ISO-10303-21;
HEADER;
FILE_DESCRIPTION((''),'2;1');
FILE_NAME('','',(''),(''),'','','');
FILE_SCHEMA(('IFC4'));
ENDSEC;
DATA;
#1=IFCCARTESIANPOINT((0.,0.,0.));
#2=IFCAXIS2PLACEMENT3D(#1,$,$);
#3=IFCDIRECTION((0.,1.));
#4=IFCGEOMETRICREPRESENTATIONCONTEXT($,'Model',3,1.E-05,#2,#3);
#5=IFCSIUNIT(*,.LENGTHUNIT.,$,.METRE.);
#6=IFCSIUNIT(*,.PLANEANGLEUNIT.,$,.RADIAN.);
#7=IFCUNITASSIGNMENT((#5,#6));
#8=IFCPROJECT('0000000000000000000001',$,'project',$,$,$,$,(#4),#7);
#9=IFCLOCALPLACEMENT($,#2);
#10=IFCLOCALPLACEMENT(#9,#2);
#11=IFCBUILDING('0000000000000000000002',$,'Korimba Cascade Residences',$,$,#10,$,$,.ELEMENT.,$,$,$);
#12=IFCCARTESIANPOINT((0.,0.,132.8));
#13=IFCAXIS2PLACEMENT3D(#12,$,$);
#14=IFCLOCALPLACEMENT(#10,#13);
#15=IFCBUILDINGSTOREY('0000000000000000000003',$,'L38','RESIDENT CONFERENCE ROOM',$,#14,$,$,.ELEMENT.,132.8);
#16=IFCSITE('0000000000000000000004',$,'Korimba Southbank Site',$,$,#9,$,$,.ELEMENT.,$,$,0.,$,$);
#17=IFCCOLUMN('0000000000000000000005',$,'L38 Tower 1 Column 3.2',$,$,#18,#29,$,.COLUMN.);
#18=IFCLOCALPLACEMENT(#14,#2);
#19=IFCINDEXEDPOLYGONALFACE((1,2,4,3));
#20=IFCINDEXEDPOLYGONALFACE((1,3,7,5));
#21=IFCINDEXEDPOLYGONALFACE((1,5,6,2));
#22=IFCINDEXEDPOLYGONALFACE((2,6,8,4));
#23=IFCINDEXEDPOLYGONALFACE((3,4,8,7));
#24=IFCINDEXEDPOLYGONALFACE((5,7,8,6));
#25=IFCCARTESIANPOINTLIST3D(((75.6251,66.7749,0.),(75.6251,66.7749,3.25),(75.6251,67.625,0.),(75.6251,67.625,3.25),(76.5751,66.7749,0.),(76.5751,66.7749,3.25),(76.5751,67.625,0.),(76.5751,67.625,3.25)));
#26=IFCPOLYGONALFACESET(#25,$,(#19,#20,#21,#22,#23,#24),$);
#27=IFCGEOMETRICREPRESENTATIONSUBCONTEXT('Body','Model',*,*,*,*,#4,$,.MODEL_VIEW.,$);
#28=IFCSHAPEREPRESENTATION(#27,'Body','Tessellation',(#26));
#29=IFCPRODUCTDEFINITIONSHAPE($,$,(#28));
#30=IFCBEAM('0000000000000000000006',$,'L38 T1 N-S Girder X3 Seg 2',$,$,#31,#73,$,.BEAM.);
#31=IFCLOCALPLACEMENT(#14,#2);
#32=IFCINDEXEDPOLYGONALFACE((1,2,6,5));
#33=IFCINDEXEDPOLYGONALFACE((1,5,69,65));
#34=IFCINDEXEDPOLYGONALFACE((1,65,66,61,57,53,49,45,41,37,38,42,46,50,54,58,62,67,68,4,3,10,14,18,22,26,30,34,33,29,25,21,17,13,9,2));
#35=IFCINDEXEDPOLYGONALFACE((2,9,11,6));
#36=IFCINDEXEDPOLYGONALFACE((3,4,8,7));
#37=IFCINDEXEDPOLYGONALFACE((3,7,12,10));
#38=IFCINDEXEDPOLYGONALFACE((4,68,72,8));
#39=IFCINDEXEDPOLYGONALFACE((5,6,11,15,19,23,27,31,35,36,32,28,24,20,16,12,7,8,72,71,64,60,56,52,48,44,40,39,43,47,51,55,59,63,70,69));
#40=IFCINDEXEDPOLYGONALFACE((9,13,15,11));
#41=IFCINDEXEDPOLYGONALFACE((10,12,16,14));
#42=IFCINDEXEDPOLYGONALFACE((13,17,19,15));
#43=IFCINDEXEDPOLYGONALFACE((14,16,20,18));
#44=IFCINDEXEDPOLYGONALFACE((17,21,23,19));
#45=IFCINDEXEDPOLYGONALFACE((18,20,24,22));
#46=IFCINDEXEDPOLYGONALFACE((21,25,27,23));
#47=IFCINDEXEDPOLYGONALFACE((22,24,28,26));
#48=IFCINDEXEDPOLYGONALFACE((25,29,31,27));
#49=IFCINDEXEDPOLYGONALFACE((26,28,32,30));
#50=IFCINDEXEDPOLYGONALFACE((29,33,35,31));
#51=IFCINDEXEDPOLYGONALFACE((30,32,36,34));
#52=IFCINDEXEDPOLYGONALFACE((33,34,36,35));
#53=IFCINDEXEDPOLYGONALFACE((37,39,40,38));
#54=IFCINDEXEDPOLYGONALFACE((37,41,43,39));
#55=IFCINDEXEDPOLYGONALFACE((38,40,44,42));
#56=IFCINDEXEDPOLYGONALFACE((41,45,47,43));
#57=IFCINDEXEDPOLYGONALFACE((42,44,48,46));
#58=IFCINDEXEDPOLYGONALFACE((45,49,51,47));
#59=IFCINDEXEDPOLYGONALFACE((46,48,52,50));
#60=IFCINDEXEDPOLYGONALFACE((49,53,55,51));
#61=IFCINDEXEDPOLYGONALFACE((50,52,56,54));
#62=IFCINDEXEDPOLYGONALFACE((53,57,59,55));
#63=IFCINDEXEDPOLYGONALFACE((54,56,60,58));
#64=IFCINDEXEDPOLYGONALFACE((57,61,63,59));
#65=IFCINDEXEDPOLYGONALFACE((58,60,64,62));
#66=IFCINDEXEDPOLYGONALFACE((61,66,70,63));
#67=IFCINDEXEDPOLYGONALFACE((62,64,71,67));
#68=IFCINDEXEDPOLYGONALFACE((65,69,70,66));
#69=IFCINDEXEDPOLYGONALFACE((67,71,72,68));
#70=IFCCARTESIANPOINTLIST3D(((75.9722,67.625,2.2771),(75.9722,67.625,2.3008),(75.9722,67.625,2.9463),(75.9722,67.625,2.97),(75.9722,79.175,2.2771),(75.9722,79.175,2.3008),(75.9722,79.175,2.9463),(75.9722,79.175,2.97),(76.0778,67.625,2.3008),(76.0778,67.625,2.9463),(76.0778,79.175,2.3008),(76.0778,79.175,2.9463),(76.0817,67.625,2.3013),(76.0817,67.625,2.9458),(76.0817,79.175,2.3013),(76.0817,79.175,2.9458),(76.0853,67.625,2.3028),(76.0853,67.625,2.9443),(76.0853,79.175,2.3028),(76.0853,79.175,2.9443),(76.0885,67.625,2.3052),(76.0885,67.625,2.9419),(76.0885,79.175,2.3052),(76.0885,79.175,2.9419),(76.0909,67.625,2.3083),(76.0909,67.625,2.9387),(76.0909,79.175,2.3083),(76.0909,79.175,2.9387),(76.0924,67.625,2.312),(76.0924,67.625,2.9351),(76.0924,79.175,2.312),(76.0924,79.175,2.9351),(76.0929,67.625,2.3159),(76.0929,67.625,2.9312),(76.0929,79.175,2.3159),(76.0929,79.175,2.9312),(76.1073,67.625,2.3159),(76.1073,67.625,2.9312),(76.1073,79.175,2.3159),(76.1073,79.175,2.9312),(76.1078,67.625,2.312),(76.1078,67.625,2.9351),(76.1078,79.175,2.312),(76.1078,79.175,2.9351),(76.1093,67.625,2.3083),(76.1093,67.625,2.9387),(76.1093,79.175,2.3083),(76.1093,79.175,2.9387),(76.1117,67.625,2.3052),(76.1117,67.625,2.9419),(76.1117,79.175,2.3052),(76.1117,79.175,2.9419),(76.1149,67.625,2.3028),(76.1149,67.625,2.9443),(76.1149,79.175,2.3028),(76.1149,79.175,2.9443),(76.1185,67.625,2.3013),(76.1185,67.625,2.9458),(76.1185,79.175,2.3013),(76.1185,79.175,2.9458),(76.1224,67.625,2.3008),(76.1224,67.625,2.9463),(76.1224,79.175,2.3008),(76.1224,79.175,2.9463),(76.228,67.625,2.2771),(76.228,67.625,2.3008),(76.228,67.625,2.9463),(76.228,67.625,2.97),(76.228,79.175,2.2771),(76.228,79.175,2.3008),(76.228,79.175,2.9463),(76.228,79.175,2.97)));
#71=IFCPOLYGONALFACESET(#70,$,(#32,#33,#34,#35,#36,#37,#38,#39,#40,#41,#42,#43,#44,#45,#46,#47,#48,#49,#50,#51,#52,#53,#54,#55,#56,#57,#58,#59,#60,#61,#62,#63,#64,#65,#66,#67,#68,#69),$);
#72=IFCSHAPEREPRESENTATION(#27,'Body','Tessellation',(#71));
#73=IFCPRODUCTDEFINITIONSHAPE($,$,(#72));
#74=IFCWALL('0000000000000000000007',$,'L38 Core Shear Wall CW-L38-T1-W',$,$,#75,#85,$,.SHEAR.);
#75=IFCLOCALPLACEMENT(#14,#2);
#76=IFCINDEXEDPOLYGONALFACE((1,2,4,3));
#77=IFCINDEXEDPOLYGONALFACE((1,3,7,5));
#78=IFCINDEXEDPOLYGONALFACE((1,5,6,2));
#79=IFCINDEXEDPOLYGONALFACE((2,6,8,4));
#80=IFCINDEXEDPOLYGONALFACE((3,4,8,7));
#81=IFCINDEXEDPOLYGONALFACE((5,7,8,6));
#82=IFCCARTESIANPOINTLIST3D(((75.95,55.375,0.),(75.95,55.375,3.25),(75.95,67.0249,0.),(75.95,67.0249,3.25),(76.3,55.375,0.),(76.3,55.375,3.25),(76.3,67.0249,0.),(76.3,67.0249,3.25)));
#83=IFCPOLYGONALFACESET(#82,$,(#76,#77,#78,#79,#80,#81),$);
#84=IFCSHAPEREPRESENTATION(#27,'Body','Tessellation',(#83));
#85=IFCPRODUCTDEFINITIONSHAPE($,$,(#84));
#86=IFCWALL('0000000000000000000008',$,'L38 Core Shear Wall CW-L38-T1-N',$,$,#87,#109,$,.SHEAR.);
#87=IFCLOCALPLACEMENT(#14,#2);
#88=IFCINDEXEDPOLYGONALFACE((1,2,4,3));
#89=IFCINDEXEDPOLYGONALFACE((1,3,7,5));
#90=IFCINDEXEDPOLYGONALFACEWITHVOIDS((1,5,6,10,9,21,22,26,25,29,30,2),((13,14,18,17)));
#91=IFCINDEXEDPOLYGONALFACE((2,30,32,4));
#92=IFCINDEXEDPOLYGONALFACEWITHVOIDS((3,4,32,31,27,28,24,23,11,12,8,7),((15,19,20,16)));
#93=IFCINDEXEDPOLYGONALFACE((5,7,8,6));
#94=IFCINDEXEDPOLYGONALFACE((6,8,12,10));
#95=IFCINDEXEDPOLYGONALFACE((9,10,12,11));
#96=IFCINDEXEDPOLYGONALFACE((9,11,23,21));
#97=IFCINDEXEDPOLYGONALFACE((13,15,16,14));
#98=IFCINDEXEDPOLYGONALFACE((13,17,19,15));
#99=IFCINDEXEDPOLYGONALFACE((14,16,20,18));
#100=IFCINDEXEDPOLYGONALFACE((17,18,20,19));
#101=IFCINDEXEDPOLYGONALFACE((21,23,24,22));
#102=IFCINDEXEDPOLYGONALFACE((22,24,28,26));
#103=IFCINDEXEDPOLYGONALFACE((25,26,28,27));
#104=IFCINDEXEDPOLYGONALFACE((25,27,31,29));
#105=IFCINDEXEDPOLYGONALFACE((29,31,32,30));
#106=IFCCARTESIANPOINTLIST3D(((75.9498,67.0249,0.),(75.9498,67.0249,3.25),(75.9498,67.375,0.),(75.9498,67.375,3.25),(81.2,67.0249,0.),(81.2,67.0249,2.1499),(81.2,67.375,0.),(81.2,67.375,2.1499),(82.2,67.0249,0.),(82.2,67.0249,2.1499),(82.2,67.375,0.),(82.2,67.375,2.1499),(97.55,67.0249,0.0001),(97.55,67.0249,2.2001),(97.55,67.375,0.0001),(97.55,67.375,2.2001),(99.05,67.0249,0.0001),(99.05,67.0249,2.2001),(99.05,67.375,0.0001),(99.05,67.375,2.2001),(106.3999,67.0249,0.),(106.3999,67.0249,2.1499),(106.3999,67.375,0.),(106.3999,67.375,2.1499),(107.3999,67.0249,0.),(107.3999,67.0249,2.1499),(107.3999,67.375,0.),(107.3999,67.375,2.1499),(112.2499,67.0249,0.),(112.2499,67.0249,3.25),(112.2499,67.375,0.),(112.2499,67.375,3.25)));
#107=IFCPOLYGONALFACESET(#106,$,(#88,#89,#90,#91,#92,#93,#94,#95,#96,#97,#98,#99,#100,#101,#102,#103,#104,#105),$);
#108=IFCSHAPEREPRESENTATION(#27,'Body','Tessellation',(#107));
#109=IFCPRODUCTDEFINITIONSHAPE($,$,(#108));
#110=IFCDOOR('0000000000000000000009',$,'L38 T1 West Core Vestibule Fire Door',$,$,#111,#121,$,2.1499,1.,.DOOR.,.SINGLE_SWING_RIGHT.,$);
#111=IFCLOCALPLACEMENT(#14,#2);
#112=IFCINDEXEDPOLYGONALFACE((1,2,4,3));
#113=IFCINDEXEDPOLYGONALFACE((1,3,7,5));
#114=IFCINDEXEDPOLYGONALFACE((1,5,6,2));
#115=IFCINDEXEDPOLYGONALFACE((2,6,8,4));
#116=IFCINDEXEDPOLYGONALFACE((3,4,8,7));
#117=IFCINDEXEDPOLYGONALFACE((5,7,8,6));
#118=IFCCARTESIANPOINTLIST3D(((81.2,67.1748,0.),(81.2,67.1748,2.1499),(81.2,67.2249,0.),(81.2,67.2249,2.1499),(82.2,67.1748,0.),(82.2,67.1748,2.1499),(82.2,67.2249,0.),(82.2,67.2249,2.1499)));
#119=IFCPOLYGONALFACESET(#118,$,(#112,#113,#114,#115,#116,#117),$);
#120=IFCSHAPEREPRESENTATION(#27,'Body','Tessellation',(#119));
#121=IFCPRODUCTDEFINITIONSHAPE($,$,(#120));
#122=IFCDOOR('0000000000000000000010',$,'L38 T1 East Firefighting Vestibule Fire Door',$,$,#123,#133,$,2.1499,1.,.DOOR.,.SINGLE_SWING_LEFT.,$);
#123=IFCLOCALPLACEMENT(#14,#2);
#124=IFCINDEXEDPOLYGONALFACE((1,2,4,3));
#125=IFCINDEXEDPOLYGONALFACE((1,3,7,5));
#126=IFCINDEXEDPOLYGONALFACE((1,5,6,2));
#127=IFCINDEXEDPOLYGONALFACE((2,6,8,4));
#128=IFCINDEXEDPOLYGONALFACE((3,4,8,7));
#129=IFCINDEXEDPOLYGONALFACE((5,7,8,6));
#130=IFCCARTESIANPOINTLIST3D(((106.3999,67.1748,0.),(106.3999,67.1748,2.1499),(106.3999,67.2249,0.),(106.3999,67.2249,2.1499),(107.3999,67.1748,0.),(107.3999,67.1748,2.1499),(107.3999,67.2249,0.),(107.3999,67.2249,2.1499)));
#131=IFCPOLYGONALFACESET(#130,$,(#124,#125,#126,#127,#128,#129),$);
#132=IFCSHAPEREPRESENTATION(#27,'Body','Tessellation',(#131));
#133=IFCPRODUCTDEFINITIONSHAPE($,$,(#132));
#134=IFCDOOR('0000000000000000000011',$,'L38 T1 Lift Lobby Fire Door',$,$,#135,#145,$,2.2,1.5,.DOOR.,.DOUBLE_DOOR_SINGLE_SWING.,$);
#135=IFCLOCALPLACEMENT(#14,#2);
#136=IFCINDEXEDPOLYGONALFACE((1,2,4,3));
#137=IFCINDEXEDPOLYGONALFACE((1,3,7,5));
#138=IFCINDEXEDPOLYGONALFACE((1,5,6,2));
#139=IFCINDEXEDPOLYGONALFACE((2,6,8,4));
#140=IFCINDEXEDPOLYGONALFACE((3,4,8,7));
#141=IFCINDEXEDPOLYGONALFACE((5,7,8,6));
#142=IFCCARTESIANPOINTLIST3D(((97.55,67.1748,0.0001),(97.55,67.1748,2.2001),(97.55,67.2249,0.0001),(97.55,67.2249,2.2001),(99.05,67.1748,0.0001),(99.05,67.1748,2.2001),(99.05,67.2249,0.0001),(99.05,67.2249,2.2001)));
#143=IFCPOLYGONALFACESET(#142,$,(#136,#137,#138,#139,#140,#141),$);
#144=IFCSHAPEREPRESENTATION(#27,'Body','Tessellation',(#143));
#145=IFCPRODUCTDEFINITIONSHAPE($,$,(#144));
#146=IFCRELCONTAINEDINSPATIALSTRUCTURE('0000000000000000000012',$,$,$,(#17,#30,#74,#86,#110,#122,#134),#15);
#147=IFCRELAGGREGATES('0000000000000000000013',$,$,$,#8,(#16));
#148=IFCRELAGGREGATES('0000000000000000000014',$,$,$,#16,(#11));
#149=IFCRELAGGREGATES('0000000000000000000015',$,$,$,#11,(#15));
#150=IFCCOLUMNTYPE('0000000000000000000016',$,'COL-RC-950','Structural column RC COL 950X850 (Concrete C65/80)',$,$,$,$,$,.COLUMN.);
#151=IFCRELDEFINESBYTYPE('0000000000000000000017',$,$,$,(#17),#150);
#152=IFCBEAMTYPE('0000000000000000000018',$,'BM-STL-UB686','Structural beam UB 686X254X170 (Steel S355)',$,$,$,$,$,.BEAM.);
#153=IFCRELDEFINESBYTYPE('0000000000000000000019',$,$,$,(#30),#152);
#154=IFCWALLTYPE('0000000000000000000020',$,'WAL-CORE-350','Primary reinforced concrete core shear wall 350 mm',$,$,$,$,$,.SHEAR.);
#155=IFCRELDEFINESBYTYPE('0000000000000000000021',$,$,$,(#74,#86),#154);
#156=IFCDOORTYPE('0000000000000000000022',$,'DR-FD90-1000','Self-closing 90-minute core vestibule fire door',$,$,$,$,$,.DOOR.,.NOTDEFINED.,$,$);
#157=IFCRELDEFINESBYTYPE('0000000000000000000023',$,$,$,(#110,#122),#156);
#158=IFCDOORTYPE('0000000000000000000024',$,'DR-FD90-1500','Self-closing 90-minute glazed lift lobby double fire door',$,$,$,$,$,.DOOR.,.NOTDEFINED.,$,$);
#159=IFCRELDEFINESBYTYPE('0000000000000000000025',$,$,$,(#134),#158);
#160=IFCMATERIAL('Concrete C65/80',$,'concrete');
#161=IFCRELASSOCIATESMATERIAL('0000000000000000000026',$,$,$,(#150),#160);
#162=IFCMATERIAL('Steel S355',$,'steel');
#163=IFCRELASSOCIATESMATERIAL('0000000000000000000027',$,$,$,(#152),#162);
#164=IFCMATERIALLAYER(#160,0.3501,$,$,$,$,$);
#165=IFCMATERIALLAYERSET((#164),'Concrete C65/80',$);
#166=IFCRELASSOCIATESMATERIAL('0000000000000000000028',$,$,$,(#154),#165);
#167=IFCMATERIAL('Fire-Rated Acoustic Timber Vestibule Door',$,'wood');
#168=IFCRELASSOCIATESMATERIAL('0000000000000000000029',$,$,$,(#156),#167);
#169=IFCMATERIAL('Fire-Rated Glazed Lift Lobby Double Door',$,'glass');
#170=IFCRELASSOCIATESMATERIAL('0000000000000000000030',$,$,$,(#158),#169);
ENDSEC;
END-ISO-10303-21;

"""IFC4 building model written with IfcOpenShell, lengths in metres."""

from ifc_helpers import new_model, si_unit, direction, frame, frame_2d, origin, origin_2d, place, context, subcontext, project, spatial, rectangle, i_section, extrude, material, layer, layer_set, material_profile, profile_set, type_object, element, fill, save


model = new_model("IFC4")

# Units and contexts
model_context = context("Model", 3, precision=1e-05, world=origin(), true_north=direction((0.0, 1.0)))
body_context = subcontext(model_context, "Body", "Model", "MODEL_VIEW")
ifc_project = project(units=[si_unit("LENGTHUNIT", "METRE"), si_unit("PLANEANGLEUNIT", "RADIAN")], contexts=[model_context])

# Site, building, storey
site_placement = place(None, origin())
site = spatial("IfcSite", under=ifc_project, at=site_placement, Name="Korimba Southbank Site", CompositionType="ELEMENT", RefElevation=0.0)
building_placement = place(site_placement, origin())
building = spatial("IfcBuilding", under=site, at=building_placement, Name="Korimba Cascade Residences", CompositionType="ELEMENT")
storey_placement = place(building_placement, frame((0.0, 0.0, 132.8)))
storey = spatial("IfcBuildingStorey", under=building, at=storey_placement, Name="L38", Description="RESIDENT CONFERENCE ROOM", CompositionType="ELEMENT", Elevation=132.8)

# Column
ifc_material_1 = material(Name="Concrete C65/80", Category="concrete")
ifc_material_profile_1 = material_profile(ifc_material_1, rectangle(XDim=0.95, YDim=0.8501, at=origin_2d()), Name="Concrete C65/80")
ifc_profile_set_1 = profile_set([ifc_material_profile_1], Name="Concrete C65/80")
column_type = type_object("IfcColumnType", Name="COL-RC-950", Description="Structural column RC COL 950X850 (Concrete C65/80)", PredefinedType="COLUMN", material=ifc_profile_set_1)
column_placement = place(storey_placement, frame((76.1001, 67.2, 0.0), z_axis=(0.0, 0.0, 1.0), x_axis=(1.0, 0.0, 0.0)))
element("IfcColumn", 1, at=column_placement, inside=storey, type_object=column_type, Name="L38 Tower 1 Column 3.2", PredefinedType="COLUMN", context=body_context, shape_type="SweptSolid", body=[
    extrude(rectangle(XDim=0.95, YDim=0.8501, at=origin_2d()), origin(), (0.0, 0.0, 1.0), 3.25),
])

# Beam
ifc_material_2 = material(Name="Steel S355", Category="steel")
ifc_material_profile_2 = material_profile(ifc_material_2, i_section(OverallWidth=0.2559, OverallDepth=0.6929, WebThickness=0.0144, FlangeThickness=0.0237, FilletRadius=0.0151, at=origin_2d()), Name="Steel S355")
ifc_profile_set_2 = profile_set([ifc_material_profile_2], Name="Steel S355")
beam_type = type_object("IfcBeamType", Name="BM-STL-UB686", Description="Structural beam UB 686X254X170 (Steel S355)", PredefinedType="BEAM", material=ifc_profile_set_2)
beam_placement = place(storey_placement, frame((76.1001, 67.625, 2.6235), z_axis=(0.0, 1.0, 0.0), x_axis=(-1.0, 0.0, 0.0)))
element("IfcBeam", 2, at=beam_placement, inside=storey, type_object=beam_type, Name="L38 T1 N-S Girder X3 Seg 2", PredefinedType="BEAM", context=body_context, shape_type="SweptSolid", body=[
    extrude(i_section(OverallWidth=0.2559, OverallDepth=0.6929, WebThickness=0.0144, FlangeThickness=0.0237, FilletRadius=0.0151, at=origin_2d()), origin(), (0.0, 0.0, 1.0), 11.55),
])

# Wall
ifc_layer_1 = layer(ifc_material_1, 0.3501)
ifc_layer_set_1 = layer_set([ifc_layer_1], Name="Concrete C65/80")
wall_type_1 = type_object("IfcWallType", Name="WAL-CORE-350", Description="Primary reinforced concrete core shear wall 350 mm", PredefinedType="SHEAR", material=ifc_layer_set_1)
wall_1_placement = place(storey_placement, frame((76.125, 55.375, 0.0), z_axis=(0.0, 0.0, 1.0), x_axis=(0.0, 1.0, 0.0)))
element("IfcWall", 3, at=wall_1_placement, inside=storey, type_object=wall_type_1, Name="L38 Core Shear Wall CW-L38-T1-W", PredefinedType="SHEAR", context=body_context, shape_type="SweptSolid", body=[
    extrude(rectangle(XDim=11.6499, YDim=0.3501, at=frame_2d((5.825, 0.0))), origin(), (0.0, 0.0, 1.0), 3.25),
])

# Wall, openings, doors
wall_2_placement = place(storey_placement, frame((75.95, 67.2, 0.0), z_axis=(0.0, 0.0, 1.0), x_axis=(1.0, 0.0, 0.0)))
wall_2 = element("IfcWall", 4, at=wall_2_placement, inside=storey, type_object=wall_type_1, Name="L38 Core Shear Wall CW-L38-T1-N", PredefinedType="SHEAR", context=body_context, shape_type="SweptSolid", body=[
    extrude(rectangle(XDim=36.3, YDim=0.3501, at=frame_2d((18.1499, 0.0))), origin(), (0.0, 0.0, 1.0), 3.25),
])
opening_1_placement = place(wall_2_placement, frame((5.25, 0.0, 0.0)))
opening_1 = element("IfcOpeningElement", 5, at=opening_1_placement, cuts=wall_2, PredefinedType="OPENING", context=body_context, shape_type="SweptSolid", body=[
    extrude(rectangle(XDim=1.0, YDim=2.1499, at=frame_2d((0.5, 1.075))), frame((0.0, 0.1851, 0.0), z_axis=(0.0, -1.0, 0.0), x_axis=(1.0, 0.0, 0.0)), (0.0, 0.0, 1.0), 0.3701),
])
opening_2_placement = place(wall_2_placement, frame((21.6001, 0.0, 0.0)))
opening_2 = element("IfcOpeningElement", 6, at=opening_2_placement, cuts=wall_2, PredefinedType="OPENING", context=body_context, shape_type="SweptSolid", body=[
    extrude(rectangle(XDim=1.5, YDim=2.2, at=frame_2d((0.75, 1.1001))), frame((0.0, 0.1851, 0.0), z_axis=(0.0, -1.0, 0.0), x_axis=(1.0, 0.0, 0.0)), (0.0, 0.0, 1.0), 0.3701),
])
opening_3_placement = place(wall_2_placement, frame((30.45, 0.0, 0.0)))
opening_3 = element("IfcOpeningElement", 7, at=opening_3_placement, cuts=wall_2, PredefinedType="OPENING", context=body_context, shape_type="SweptSolid", body=[
    extrude(rectangle(XDim=1.0, YDim=2.1499, at=frame_2d((0.5, 1.075))), frame((0.0, 0.1851, 0.0), z_axis=(0.0, -1.0, 0.0), x_axis=(1.0, 0.0, 0.0)), (0.0, 0.0, 1.0), 0.3701),
])
ifc_material_3 = material(Name="Fire-Rated Acoustic Timber Vestibule Door", Category="wood")
door_type_1 = type_object("IfcDoorType", Name="DR-FD90-1000", Description="Self-closing 90-minute core vestibule fire door", OperationType="NOTDEFINED", PredefinedType="DOOR", material=ifc_material_3)
door_1_placement = place(opening_1_placement, origin())
door_1 = element("IfcDoor", 8, at=door_1_placement, inside=storey, type_object=door_type_1, Name="L38 T1 West Core Vestibule Fire Door", OperationType="SINGLE_SWING_RIGHT", OverallHeight=2.1499, OverallWidth=1.0, PredefinedType="DOOR", context=body_context, shape_type="SweptSolid", body=[
    extrude(rectangle(XDim=1.0, YDim=2.1499, at=frame_2d((0.5, 1.075))), frame((0.0, 0.0249, 0.0), z_axis=(0.0, -1.0, 0.0), x_axis=(1.0, 0.0, 0.0)), (0.0, 0.0, 1.0), 0.05),
])
fill(opening_1, door_1)
door_2_placement = place(opening_3_placement, origin())
door_2 = element("IfcDoor", 9, at=door_2_placement, inside=storey, type_object=door_type_1, Name="L38 T1 East Firefighting Vestibule Fire Door", OperationType="SINGLE_SWING_LEFT", OverallHeight=2.1499, OverallWidth=1.0, PredefinedType="DOOR", context=body_context, shape_type="SweptSolid", body=[
    extrude(rectangle(XDim=1.0, YDim=2.1499, at=frame_2d((0.5, 1.075))), frame((0.0, 0.0249, 0.0), z_axis=(0.0, -1.0, 0.0), x_axis=(1.0, 0.0, 0.0)), (0.0, 0.0, 1.0), 0.05),
])
fill(opening_3, door_2)
ifc_material_4 = material(Name="Fire-Rated Glazed Lift Lobby Double Door", Category="glass")
door_type_2 = type_object("IfcDoorType", Name="DR-FD90-1500", Description="Self-closing 90-minute glazed lift lobby double fire door", OperationType="NOTDEFINED", PredefinedType="DOOR", material=ifc_material_4)
door_3_placement = place(opening_2_placement, origin())
door_3 = element("IfcDoor", 10, at=door_3_placement, inside=storey, type_object=door_type_2, Name="L38 T1 Lift Lobby Fire Door", OperationType="DOUBLE_DOOR_SINGLE_SWING", OverallHeight=2.2, OverallWidth=1.5, PredefinedType="DOOR", context=body_context, shape_type="SweptSolid", body=[
    extrude(rectangle(XDim=1.5, YDim=2.2, at=frame_2d((0.75, 1.1001))), frame((0.0, 0.0249, 0.0), z_axis=(0.0, -1.0, 0.0), x_axis=(1.0, 0.0, 0.0)), (0.0, 0.0, 1.0), 0.05),
])
fill(opening_2, door_3)

save(model, "model.ifc")
